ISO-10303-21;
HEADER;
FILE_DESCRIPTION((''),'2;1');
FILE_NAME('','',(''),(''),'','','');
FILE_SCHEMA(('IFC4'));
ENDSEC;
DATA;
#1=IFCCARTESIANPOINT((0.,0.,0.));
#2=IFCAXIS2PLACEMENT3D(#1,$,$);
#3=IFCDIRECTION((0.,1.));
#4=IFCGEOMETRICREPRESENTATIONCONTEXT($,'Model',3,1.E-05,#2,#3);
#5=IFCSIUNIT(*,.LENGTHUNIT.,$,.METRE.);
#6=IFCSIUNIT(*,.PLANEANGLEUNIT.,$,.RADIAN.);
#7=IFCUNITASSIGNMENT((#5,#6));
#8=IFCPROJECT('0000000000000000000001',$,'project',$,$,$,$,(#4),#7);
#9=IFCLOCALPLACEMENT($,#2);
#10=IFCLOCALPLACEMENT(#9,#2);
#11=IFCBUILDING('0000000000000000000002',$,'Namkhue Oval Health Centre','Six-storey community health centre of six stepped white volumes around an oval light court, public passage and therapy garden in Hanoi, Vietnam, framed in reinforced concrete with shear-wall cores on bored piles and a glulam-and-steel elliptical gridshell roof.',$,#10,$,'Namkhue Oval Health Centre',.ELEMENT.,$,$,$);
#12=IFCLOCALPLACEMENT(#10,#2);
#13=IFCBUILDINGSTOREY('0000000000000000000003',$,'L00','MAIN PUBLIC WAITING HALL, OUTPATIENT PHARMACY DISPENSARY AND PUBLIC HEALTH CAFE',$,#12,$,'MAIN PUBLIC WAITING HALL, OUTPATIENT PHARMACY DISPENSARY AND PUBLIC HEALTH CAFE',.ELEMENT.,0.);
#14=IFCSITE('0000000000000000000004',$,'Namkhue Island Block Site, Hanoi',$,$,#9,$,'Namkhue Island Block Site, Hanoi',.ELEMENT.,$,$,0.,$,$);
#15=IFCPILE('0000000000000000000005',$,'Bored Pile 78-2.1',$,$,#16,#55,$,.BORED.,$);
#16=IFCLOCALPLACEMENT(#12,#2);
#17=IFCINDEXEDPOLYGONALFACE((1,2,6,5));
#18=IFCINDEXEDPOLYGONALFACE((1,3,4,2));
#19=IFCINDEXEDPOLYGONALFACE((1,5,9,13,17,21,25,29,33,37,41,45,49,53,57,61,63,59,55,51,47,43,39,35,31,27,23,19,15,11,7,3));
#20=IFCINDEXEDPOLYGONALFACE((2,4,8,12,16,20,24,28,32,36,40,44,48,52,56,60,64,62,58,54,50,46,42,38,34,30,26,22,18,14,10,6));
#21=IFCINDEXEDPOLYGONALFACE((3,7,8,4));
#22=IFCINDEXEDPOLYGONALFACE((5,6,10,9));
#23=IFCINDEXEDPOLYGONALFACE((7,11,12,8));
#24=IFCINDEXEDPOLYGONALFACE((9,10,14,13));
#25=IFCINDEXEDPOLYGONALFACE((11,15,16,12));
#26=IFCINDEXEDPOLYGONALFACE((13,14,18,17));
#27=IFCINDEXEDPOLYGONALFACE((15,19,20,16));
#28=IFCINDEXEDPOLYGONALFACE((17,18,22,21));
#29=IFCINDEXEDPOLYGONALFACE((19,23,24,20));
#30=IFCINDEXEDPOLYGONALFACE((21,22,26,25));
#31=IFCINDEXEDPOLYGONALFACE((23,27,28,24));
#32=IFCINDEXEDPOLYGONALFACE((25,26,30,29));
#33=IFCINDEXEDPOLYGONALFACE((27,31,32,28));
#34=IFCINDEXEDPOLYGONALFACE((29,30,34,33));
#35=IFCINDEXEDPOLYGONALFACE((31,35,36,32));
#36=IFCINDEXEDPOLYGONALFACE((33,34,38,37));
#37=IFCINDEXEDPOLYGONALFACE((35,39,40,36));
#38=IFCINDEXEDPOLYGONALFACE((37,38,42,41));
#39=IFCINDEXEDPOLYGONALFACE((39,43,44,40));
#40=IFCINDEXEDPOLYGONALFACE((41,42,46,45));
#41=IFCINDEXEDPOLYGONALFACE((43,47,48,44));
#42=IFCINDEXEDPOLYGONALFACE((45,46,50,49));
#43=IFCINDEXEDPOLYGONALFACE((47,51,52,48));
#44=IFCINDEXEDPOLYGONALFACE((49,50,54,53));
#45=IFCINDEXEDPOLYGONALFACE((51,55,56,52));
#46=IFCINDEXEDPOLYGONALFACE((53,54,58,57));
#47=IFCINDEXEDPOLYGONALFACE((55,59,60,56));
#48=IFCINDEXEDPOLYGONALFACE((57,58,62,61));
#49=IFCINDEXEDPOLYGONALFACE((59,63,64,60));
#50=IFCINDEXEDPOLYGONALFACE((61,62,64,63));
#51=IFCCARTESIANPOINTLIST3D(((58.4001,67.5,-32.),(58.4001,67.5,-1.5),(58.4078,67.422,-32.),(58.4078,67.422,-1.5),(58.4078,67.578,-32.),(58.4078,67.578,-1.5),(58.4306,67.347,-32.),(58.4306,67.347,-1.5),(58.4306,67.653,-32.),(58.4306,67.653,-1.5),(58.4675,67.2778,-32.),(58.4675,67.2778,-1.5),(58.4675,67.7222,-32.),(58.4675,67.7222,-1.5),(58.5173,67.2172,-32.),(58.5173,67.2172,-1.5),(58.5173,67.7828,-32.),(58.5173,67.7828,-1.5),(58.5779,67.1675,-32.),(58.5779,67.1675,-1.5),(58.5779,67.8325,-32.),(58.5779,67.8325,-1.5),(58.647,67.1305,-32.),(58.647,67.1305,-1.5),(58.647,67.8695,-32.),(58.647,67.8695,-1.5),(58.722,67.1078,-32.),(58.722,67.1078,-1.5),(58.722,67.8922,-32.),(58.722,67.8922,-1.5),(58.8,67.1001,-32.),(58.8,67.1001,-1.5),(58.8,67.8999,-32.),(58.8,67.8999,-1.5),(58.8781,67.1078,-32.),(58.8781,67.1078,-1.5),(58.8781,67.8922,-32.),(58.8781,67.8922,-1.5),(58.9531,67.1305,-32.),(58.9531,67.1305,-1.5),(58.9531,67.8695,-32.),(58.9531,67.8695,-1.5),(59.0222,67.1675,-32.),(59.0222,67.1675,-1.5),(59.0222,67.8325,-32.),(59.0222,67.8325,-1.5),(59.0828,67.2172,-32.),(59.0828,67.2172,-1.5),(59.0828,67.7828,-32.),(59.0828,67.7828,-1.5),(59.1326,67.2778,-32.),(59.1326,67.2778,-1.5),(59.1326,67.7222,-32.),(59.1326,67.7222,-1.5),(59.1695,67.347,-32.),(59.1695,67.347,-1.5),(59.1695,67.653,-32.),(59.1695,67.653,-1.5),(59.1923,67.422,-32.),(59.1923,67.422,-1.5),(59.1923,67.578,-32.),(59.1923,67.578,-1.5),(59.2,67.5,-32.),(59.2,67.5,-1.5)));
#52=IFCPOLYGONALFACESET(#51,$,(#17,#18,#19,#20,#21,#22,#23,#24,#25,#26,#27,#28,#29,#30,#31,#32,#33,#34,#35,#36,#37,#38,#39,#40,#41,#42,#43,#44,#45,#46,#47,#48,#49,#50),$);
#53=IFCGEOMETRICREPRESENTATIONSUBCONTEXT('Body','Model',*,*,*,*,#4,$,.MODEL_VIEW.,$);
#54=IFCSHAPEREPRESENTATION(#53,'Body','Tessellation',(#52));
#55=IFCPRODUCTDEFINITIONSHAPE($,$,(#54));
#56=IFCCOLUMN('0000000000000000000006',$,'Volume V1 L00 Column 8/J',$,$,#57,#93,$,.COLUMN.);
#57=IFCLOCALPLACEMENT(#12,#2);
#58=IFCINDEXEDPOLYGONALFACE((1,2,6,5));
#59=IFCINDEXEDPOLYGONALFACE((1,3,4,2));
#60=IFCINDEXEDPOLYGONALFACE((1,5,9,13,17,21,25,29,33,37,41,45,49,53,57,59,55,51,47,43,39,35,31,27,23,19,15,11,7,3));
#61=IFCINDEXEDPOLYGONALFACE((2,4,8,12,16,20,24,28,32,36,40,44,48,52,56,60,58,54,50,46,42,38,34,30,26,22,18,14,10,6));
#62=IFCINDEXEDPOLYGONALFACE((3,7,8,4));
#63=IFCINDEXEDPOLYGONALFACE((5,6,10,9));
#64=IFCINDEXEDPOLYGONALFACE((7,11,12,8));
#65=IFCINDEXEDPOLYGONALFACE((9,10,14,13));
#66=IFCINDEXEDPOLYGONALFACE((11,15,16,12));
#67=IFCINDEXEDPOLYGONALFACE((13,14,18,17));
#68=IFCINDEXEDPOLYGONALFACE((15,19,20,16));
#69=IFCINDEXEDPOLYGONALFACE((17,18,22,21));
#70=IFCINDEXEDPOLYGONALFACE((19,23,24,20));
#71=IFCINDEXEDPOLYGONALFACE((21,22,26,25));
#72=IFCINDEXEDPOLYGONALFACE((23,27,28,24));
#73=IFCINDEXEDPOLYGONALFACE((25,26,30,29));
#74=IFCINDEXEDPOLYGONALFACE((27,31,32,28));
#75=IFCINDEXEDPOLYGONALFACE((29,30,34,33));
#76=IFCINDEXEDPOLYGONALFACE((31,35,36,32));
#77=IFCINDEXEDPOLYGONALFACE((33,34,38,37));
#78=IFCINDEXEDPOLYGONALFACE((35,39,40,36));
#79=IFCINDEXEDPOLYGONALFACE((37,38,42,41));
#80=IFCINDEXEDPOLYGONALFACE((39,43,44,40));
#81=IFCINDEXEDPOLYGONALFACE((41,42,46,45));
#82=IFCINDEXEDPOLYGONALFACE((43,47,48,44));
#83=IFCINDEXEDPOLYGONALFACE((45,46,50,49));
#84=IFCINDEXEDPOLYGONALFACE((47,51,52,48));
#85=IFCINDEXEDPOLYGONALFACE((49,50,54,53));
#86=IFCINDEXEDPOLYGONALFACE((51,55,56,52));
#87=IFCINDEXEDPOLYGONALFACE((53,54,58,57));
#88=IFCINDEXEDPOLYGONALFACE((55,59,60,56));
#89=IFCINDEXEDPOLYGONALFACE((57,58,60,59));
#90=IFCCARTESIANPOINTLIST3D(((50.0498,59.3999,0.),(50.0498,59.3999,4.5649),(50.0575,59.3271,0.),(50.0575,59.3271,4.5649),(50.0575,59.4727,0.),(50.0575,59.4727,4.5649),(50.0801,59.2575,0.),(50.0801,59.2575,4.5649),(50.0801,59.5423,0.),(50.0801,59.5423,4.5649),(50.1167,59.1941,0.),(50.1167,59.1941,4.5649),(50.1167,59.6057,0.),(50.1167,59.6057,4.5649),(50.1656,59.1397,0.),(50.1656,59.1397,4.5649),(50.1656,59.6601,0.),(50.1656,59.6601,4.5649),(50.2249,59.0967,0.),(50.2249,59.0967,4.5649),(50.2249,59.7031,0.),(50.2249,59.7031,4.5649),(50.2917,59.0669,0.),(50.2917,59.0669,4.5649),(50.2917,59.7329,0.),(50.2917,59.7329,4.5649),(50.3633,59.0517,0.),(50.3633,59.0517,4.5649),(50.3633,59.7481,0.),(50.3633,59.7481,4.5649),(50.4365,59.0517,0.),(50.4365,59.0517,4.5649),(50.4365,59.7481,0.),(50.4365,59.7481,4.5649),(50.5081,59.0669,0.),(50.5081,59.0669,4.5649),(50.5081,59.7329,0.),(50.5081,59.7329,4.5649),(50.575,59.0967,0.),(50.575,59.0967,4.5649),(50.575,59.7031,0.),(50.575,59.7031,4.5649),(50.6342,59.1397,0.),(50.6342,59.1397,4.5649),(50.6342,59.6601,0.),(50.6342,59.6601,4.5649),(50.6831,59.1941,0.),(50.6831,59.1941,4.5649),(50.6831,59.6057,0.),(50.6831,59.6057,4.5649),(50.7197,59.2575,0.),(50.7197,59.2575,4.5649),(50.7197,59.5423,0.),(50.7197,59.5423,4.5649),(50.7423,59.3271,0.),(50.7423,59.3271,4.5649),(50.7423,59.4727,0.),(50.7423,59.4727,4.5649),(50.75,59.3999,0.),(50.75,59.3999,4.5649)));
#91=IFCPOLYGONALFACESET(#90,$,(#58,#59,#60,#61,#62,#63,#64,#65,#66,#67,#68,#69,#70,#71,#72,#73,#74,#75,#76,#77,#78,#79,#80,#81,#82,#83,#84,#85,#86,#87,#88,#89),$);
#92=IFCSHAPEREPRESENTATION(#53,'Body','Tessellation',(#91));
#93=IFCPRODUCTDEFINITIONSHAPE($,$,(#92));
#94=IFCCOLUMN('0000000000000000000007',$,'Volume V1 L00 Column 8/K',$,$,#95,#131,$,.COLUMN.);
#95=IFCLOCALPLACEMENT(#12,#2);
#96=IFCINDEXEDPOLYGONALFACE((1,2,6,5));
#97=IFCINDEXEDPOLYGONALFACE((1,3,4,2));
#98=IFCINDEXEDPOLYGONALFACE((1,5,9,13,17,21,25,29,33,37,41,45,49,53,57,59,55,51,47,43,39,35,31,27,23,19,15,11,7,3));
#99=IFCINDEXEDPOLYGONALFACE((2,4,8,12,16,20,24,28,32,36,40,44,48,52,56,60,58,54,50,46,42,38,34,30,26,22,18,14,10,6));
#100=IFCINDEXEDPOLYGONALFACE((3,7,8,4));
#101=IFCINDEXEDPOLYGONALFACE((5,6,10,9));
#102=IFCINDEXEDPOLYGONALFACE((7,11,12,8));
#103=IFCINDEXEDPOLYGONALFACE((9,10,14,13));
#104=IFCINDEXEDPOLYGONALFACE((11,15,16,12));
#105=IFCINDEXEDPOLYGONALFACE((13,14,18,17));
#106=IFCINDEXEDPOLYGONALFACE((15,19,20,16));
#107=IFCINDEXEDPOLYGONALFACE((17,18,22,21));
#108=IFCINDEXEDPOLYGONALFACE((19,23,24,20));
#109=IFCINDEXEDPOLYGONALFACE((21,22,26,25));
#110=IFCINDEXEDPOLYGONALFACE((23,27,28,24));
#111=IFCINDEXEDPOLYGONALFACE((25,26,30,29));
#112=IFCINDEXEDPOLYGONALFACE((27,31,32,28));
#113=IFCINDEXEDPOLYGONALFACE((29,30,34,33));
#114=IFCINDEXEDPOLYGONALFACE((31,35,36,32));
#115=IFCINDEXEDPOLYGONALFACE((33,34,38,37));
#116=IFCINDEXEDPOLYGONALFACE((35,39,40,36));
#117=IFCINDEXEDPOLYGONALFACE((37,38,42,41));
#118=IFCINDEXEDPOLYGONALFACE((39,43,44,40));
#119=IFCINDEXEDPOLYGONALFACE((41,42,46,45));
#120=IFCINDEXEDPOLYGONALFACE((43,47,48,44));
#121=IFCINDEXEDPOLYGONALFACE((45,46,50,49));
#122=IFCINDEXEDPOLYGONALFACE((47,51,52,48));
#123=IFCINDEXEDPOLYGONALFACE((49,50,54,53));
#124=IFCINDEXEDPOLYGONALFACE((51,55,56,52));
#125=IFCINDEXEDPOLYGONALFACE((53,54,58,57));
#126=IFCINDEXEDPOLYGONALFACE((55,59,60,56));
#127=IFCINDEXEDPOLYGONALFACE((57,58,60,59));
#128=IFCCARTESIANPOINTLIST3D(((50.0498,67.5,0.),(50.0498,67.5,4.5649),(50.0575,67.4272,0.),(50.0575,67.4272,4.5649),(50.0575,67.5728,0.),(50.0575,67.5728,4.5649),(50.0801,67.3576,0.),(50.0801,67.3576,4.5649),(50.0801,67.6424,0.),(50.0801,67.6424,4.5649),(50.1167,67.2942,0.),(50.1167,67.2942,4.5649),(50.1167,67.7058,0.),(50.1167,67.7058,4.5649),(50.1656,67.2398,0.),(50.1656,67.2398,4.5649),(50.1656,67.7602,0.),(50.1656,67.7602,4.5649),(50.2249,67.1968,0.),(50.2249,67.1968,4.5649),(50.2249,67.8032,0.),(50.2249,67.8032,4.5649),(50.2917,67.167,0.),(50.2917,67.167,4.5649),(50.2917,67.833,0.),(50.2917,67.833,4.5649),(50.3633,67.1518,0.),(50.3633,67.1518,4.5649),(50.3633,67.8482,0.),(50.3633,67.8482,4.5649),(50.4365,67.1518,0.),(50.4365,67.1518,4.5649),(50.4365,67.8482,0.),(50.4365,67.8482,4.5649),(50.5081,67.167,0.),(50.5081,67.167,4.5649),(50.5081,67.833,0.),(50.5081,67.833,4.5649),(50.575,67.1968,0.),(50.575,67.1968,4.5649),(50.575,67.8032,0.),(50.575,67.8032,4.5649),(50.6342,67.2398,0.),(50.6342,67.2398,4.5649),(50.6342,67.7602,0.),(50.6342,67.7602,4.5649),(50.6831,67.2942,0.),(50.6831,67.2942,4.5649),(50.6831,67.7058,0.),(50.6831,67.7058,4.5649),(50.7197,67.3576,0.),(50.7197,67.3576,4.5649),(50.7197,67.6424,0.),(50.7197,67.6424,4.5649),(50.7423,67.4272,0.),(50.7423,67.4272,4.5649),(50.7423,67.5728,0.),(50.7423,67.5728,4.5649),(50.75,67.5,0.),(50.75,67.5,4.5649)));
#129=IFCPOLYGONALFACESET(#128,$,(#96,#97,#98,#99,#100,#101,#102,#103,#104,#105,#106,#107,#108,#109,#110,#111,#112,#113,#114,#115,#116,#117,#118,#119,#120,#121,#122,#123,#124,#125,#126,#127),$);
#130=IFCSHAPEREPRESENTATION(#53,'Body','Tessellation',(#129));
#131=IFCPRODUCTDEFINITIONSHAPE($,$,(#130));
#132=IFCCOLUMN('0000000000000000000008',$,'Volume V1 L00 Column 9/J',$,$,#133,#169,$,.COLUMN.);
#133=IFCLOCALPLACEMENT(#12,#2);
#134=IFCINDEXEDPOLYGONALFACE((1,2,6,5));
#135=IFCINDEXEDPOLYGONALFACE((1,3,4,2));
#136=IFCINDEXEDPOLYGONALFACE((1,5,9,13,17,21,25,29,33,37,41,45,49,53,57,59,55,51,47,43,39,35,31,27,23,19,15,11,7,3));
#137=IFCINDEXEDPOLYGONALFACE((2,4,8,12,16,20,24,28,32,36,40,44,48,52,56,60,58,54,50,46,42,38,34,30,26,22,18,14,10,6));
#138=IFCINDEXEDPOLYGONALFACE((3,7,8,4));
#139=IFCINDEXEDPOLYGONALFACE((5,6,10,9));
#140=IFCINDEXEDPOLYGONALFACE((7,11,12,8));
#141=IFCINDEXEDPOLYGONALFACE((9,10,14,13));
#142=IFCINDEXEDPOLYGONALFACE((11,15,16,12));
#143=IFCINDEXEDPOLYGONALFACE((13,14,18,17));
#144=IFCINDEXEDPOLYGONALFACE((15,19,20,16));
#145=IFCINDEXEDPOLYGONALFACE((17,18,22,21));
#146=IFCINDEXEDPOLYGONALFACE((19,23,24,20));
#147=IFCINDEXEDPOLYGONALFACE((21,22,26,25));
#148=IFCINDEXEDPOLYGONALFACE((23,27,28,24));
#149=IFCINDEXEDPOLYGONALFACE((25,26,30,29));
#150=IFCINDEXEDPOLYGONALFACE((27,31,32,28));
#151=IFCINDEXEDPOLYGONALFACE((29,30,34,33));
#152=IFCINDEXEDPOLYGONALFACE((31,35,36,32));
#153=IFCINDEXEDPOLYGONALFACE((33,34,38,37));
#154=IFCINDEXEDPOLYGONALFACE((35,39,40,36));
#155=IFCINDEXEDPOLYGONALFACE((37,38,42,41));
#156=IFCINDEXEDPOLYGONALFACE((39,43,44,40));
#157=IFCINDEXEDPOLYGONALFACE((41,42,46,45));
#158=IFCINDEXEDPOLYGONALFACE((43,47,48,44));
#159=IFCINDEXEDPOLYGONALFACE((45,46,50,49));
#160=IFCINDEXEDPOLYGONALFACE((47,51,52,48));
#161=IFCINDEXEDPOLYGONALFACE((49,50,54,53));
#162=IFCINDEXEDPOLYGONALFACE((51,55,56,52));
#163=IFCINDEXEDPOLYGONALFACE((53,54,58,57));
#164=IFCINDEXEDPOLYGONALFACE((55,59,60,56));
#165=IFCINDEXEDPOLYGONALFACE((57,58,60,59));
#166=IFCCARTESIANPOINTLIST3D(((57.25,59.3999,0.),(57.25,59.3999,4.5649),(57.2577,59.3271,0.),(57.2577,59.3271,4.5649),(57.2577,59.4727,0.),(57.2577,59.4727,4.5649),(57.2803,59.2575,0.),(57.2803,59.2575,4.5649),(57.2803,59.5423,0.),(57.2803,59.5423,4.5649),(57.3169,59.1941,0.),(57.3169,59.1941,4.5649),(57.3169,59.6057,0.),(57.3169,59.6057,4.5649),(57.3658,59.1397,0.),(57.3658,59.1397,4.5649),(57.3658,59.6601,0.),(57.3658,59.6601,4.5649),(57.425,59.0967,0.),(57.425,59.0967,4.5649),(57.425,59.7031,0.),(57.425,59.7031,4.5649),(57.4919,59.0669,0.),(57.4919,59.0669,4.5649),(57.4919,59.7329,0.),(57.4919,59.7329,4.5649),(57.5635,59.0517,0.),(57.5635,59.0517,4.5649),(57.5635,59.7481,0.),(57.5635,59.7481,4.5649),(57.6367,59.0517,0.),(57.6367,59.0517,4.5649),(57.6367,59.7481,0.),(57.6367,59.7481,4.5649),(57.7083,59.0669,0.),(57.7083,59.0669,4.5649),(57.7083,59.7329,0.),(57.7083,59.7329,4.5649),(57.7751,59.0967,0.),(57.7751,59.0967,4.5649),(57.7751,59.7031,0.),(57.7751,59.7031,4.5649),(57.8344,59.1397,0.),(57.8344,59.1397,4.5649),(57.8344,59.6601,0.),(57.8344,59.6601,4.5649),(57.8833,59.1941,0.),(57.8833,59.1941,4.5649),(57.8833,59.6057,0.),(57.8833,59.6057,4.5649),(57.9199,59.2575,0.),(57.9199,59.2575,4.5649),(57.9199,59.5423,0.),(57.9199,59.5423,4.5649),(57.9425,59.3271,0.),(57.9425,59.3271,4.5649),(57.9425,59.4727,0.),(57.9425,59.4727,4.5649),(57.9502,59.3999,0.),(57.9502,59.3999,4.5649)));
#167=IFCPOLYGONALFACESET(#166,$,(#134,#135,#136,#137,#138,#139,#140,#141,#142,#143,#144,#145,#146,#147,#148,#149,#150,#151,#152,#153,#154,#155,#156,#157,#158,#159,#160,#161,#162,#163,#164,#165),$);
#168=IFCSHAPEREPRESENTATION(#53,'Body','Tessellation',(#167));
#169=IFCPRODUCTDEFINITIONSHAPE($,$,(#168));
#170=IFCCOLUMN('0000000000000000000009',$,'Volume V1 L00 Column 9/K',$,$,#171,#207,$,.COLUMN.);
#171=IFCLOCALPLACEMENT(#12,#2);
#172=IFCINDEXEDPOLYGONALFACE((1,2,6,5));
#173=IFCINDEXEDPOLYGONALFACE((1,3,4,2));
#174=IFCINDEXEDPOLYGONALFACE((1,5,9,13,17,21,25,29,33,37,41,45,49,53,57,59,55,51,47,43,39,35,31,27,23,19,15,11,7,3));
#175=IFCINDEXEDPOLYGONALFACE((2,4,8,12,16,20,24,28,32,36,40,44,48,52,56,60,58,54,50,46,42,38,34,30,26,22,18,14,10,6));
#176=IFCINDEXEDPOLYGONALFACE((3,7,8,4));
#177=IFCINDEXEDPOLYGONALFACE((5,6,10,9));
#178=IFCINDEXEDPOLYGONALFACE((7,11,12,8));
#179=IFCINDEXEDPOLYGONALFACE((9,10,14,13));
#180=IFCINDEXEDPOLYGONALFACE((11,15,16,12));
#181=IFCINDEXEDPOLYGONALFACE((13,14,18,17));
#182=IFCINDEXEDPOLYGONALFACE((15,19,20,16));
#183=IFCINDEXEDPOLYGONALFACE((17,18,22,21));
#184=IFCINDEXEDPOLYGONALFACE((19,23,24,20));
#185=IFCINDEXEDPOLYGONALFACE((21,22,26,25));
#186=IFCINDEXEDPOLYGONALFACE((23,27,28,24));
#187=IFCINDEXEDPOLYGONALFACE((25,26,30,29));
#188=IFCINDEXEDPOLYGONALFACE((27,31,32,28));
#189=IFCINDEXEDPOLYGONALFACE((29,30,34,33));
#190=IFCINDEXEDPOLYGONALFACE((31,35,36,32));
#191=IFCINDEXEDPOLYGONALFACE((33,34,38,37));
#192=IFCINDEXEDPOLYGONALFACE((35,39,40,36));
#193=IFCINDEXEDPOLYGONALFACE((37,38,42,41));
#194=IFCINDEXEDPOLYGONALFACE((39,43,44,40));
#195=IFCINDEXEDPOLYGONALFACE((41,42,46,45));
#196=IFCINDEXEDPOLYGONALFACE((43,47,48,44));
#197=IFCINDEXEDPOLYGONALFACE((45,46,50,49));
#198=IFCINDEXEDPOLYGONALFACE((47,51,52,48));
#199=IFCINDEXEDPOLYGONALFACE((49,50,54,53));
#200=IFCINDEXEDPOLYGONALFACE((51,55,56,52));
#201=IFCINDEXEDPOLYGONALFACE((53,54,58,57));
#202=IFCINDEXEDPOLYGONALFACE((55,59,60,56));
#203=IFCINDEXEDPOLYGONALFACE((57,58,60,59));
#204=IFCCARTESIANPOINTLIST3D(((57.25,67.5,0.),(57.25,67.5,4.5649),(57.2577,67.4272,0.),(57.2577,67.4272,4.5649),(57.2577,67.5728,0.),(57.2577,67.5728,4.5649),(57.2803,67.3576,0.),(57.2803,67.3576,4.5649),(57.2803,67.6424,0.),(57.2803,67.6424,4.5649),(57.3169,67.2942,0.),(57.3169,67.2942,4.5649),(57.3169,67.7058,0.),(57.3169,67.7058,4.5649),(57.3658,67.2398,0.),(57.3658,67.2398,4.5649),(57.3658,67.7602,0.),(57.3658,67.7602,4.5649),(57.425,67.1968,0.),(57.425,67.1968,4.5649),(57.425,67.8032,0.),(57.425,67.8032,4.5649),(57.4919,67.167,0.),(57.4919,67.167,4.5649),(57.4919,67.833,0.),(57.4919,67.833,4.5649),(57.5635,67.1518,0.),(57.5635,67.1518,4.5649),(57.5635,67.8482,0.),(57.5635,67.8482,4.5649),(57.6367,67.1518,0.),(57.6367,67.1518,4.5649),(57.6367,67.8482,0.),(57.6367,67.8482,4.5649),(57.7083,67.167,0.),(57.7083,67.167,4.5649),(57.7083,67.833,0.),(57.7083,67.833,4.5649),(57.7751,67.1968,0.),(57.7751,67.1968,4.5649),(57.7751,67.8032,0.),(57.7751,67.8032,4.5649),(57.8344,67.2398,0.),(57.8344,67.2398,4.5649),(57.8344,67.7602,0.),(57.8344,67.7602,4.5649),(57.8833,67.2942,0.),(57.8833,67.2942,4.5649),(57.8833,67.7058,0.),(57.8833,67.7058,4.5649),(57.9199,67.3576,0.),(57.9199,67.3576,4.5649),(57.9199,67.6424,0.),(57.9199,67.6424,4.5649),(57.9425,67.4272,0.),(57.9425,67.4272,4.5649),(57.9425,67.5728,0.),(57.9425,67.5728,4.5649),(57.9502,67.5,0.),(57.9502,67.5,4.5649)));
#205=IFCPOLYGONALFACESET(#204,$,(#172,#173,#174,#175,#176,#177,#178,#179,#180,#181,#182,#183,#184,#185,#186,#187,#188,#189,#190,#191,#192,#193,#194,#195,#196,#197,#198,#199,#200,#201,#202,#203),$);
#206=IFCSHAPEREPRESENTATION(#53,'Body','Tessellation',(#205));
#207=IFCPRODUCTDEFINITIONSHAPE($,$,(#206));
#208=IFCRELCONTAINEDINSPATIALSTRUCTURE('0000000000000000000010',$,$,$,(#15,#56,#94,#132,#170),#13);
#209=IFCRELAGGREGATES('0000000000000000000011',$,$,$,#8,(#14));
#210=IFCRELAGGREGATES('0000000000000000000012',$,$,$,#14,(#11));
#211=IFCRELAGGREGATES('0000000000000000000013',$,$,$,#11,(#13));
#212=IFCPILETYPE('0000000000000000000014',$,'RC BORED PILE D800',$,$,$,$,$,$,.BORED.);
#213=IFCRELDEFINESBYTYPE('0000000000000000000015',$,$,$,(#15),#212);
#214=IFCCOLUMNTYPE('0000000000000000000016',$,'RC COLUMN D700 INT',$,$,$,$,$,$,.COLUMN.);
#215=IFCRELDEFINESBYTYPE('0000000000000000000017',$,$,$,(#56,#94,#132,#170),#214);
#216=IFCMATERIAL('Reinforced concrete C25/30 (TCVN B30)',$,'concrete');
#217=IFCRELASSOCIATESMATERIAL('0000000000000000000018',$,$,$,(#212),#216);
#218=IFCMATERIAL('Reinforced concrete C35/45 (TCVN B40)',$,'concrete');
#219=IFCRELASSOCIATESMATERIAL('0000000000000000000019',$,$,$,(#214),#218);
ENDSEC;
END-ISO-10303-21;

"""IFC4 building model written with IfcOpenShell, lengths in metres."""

from ifc_helpers import new_model, si_unit, direction, frame, origin, origin_2d, place, context, subcontext, project, spatial, circle, extrude, material, material_profile, profile_set, type_object, element, save


model = new_model("IFC4")

# Units and contexts
model_context = context("Model", 3, precision=1e-05, world=origin(), true_north=direction((0.0, 1.0)))
body_context = subcontext(model_context, "Body", "Model", "MODEL_VIEW")
ifc_project = project(units=[si_unit("LENGTHUNIT", "METRE"), si_unit("PLANEANGLEUNIT", "RADIAN")], contexts=[model_context])

# Site, building, storey
site_placement = place(None, origin())
site = spatial("IfcSite", under=ifc_project, at=site_placement, Name="Namkhue Island Block Site, Hanoi", LongName="Namkhue Island Block Site, Hanoi", CompositionType="ELEMENT", RefElevation=0.0)
building_placement = place(site_placement, origin())
building = spatial("IfcBuilding", under=site, at=building_placement, Name="Namkhue Oval Health Centre", Description="Six-storey community health centre of six stepped white volumes around an oval light court, public passage and therapy garden in Hanoi, Vietnam, framed in reinforced concrete with shear-wall cores on bored piles and a glulam-and-steel elliptical gridshell roof.", LongName="Namkhue Oval Health Centre", CompositionType="ELEMENT")
storey_placement = place(building_placement, origin())
storey = spatial("IfcBuildingStorey", under=building, at=storey_placement, Name="L00", Description="MAIN PUBLIC WAITING HALL, OUTPATIENT PHARMACY DISPENSARY AND PUBLIC HEALTH CAFE", LongName="MAIN PUBLIC WAITING HALL, OUTPATIENT PHARMACY DISPENSARY AND PUBLIC HEALTH CAFE", CompositionType="ELEMENT", Elevation=0.0)

# Pile
ifc_material_1 = material(Name="Reinforced concrete C25/30 (TCVN B30)", Category="concrete")
ifc_material_profile_1 = material_profile(ifc_material_1, circle(Radius=0.3999, at=origin_2d()), Name="BORED PILE D800")
ifc_profile_set_1 = profile_set([ifc_material_profile_1], Name="Reinforced concrete C25/30 (TCVN B30)")
pile_type = type_object("IfcPileType", Name="RC BORED PILE D800", PredefinedType="BORED", material=ifc_profile_set_1)
for number, where, z_axis, x_axis, name in (
    (1, (58.8, 67.5, -1.5), (0.0, 0.0, -1.0), (1.0, 0.0, 0.0), "Bored Pile 78-2.1"),
):
    element("IfcPile", number, at=place(storey_placement, frame(where, z_axis=z_axis, x_axis=x_axis)), inside=storey, type_object=pile_type, Name=name, PredefinedType="BORED", context=body_context, shape_type="SweptSolid", body=[
        extrude(circle(Radius=0.3999, at=origin_2d()), origin(), (0.0, 0.0, 1.0), 30.5),
    ])

# Columns
ifc_material_2 = material(Name="Reinforced concrete C35/45 (TCVN B40)", Category="concrete")
ifc_material_profile_2 = material_profile(ifc_material_2, circle(Radius=0.3501, at=origin_2d()), Name="RC D700")
ifc_profile_set_2 = profile_set([ifc_material_profile_2], Name="Reinforced concrete C35/45 (TCVN B40)")
column_type = type_object("IfcColumnType", Name="RC COLUMN D700 INT", PredefinedType="COLUMN", material=ifc_profile_set_2)
for number, where, z_axis, x_axis, name in (
    (2, (50.3999, 59.3999, 0.0), (0.0, 0.0, 1.0), (1.0, 0.0, 0.0), "Volume V1 L00 Column 8/J"),
    (3, (50.3999, 67.5, 0.0), (0.0, 0.0, 1.0), (1.0, 0.0, 0.0), "Volume V1 L00 Column 8/K"),
    (4, (57.6001, 59.3999, 0.0), (0.0, 0.0, 1.0), (1.0, 0.0, 0.0), "Volume V1 L00 Column 9/J"),
    (5, (57.6001, 67.5, 0.0), (0.0, 0.0, 1.0), (1.0, 0.0, 0.0), "Volume V1 L00 Column 9/K"),
):
    element("IfcColumn", number, at=place(storey_placement, frame(where, z_axis=z_axis, x_axis=x_axis)), inside=storey, type_object=column_type, Name=name, PredefinedType="COLUMN", context=body_context, shape_type="SweptSolid", body=[
        extrude(circle(Radius=0.3501, at=origin_2d()), origin(), (0.0, 0.0, 1.0), 4.5649),
    ])

save(model, "model.ifc")
